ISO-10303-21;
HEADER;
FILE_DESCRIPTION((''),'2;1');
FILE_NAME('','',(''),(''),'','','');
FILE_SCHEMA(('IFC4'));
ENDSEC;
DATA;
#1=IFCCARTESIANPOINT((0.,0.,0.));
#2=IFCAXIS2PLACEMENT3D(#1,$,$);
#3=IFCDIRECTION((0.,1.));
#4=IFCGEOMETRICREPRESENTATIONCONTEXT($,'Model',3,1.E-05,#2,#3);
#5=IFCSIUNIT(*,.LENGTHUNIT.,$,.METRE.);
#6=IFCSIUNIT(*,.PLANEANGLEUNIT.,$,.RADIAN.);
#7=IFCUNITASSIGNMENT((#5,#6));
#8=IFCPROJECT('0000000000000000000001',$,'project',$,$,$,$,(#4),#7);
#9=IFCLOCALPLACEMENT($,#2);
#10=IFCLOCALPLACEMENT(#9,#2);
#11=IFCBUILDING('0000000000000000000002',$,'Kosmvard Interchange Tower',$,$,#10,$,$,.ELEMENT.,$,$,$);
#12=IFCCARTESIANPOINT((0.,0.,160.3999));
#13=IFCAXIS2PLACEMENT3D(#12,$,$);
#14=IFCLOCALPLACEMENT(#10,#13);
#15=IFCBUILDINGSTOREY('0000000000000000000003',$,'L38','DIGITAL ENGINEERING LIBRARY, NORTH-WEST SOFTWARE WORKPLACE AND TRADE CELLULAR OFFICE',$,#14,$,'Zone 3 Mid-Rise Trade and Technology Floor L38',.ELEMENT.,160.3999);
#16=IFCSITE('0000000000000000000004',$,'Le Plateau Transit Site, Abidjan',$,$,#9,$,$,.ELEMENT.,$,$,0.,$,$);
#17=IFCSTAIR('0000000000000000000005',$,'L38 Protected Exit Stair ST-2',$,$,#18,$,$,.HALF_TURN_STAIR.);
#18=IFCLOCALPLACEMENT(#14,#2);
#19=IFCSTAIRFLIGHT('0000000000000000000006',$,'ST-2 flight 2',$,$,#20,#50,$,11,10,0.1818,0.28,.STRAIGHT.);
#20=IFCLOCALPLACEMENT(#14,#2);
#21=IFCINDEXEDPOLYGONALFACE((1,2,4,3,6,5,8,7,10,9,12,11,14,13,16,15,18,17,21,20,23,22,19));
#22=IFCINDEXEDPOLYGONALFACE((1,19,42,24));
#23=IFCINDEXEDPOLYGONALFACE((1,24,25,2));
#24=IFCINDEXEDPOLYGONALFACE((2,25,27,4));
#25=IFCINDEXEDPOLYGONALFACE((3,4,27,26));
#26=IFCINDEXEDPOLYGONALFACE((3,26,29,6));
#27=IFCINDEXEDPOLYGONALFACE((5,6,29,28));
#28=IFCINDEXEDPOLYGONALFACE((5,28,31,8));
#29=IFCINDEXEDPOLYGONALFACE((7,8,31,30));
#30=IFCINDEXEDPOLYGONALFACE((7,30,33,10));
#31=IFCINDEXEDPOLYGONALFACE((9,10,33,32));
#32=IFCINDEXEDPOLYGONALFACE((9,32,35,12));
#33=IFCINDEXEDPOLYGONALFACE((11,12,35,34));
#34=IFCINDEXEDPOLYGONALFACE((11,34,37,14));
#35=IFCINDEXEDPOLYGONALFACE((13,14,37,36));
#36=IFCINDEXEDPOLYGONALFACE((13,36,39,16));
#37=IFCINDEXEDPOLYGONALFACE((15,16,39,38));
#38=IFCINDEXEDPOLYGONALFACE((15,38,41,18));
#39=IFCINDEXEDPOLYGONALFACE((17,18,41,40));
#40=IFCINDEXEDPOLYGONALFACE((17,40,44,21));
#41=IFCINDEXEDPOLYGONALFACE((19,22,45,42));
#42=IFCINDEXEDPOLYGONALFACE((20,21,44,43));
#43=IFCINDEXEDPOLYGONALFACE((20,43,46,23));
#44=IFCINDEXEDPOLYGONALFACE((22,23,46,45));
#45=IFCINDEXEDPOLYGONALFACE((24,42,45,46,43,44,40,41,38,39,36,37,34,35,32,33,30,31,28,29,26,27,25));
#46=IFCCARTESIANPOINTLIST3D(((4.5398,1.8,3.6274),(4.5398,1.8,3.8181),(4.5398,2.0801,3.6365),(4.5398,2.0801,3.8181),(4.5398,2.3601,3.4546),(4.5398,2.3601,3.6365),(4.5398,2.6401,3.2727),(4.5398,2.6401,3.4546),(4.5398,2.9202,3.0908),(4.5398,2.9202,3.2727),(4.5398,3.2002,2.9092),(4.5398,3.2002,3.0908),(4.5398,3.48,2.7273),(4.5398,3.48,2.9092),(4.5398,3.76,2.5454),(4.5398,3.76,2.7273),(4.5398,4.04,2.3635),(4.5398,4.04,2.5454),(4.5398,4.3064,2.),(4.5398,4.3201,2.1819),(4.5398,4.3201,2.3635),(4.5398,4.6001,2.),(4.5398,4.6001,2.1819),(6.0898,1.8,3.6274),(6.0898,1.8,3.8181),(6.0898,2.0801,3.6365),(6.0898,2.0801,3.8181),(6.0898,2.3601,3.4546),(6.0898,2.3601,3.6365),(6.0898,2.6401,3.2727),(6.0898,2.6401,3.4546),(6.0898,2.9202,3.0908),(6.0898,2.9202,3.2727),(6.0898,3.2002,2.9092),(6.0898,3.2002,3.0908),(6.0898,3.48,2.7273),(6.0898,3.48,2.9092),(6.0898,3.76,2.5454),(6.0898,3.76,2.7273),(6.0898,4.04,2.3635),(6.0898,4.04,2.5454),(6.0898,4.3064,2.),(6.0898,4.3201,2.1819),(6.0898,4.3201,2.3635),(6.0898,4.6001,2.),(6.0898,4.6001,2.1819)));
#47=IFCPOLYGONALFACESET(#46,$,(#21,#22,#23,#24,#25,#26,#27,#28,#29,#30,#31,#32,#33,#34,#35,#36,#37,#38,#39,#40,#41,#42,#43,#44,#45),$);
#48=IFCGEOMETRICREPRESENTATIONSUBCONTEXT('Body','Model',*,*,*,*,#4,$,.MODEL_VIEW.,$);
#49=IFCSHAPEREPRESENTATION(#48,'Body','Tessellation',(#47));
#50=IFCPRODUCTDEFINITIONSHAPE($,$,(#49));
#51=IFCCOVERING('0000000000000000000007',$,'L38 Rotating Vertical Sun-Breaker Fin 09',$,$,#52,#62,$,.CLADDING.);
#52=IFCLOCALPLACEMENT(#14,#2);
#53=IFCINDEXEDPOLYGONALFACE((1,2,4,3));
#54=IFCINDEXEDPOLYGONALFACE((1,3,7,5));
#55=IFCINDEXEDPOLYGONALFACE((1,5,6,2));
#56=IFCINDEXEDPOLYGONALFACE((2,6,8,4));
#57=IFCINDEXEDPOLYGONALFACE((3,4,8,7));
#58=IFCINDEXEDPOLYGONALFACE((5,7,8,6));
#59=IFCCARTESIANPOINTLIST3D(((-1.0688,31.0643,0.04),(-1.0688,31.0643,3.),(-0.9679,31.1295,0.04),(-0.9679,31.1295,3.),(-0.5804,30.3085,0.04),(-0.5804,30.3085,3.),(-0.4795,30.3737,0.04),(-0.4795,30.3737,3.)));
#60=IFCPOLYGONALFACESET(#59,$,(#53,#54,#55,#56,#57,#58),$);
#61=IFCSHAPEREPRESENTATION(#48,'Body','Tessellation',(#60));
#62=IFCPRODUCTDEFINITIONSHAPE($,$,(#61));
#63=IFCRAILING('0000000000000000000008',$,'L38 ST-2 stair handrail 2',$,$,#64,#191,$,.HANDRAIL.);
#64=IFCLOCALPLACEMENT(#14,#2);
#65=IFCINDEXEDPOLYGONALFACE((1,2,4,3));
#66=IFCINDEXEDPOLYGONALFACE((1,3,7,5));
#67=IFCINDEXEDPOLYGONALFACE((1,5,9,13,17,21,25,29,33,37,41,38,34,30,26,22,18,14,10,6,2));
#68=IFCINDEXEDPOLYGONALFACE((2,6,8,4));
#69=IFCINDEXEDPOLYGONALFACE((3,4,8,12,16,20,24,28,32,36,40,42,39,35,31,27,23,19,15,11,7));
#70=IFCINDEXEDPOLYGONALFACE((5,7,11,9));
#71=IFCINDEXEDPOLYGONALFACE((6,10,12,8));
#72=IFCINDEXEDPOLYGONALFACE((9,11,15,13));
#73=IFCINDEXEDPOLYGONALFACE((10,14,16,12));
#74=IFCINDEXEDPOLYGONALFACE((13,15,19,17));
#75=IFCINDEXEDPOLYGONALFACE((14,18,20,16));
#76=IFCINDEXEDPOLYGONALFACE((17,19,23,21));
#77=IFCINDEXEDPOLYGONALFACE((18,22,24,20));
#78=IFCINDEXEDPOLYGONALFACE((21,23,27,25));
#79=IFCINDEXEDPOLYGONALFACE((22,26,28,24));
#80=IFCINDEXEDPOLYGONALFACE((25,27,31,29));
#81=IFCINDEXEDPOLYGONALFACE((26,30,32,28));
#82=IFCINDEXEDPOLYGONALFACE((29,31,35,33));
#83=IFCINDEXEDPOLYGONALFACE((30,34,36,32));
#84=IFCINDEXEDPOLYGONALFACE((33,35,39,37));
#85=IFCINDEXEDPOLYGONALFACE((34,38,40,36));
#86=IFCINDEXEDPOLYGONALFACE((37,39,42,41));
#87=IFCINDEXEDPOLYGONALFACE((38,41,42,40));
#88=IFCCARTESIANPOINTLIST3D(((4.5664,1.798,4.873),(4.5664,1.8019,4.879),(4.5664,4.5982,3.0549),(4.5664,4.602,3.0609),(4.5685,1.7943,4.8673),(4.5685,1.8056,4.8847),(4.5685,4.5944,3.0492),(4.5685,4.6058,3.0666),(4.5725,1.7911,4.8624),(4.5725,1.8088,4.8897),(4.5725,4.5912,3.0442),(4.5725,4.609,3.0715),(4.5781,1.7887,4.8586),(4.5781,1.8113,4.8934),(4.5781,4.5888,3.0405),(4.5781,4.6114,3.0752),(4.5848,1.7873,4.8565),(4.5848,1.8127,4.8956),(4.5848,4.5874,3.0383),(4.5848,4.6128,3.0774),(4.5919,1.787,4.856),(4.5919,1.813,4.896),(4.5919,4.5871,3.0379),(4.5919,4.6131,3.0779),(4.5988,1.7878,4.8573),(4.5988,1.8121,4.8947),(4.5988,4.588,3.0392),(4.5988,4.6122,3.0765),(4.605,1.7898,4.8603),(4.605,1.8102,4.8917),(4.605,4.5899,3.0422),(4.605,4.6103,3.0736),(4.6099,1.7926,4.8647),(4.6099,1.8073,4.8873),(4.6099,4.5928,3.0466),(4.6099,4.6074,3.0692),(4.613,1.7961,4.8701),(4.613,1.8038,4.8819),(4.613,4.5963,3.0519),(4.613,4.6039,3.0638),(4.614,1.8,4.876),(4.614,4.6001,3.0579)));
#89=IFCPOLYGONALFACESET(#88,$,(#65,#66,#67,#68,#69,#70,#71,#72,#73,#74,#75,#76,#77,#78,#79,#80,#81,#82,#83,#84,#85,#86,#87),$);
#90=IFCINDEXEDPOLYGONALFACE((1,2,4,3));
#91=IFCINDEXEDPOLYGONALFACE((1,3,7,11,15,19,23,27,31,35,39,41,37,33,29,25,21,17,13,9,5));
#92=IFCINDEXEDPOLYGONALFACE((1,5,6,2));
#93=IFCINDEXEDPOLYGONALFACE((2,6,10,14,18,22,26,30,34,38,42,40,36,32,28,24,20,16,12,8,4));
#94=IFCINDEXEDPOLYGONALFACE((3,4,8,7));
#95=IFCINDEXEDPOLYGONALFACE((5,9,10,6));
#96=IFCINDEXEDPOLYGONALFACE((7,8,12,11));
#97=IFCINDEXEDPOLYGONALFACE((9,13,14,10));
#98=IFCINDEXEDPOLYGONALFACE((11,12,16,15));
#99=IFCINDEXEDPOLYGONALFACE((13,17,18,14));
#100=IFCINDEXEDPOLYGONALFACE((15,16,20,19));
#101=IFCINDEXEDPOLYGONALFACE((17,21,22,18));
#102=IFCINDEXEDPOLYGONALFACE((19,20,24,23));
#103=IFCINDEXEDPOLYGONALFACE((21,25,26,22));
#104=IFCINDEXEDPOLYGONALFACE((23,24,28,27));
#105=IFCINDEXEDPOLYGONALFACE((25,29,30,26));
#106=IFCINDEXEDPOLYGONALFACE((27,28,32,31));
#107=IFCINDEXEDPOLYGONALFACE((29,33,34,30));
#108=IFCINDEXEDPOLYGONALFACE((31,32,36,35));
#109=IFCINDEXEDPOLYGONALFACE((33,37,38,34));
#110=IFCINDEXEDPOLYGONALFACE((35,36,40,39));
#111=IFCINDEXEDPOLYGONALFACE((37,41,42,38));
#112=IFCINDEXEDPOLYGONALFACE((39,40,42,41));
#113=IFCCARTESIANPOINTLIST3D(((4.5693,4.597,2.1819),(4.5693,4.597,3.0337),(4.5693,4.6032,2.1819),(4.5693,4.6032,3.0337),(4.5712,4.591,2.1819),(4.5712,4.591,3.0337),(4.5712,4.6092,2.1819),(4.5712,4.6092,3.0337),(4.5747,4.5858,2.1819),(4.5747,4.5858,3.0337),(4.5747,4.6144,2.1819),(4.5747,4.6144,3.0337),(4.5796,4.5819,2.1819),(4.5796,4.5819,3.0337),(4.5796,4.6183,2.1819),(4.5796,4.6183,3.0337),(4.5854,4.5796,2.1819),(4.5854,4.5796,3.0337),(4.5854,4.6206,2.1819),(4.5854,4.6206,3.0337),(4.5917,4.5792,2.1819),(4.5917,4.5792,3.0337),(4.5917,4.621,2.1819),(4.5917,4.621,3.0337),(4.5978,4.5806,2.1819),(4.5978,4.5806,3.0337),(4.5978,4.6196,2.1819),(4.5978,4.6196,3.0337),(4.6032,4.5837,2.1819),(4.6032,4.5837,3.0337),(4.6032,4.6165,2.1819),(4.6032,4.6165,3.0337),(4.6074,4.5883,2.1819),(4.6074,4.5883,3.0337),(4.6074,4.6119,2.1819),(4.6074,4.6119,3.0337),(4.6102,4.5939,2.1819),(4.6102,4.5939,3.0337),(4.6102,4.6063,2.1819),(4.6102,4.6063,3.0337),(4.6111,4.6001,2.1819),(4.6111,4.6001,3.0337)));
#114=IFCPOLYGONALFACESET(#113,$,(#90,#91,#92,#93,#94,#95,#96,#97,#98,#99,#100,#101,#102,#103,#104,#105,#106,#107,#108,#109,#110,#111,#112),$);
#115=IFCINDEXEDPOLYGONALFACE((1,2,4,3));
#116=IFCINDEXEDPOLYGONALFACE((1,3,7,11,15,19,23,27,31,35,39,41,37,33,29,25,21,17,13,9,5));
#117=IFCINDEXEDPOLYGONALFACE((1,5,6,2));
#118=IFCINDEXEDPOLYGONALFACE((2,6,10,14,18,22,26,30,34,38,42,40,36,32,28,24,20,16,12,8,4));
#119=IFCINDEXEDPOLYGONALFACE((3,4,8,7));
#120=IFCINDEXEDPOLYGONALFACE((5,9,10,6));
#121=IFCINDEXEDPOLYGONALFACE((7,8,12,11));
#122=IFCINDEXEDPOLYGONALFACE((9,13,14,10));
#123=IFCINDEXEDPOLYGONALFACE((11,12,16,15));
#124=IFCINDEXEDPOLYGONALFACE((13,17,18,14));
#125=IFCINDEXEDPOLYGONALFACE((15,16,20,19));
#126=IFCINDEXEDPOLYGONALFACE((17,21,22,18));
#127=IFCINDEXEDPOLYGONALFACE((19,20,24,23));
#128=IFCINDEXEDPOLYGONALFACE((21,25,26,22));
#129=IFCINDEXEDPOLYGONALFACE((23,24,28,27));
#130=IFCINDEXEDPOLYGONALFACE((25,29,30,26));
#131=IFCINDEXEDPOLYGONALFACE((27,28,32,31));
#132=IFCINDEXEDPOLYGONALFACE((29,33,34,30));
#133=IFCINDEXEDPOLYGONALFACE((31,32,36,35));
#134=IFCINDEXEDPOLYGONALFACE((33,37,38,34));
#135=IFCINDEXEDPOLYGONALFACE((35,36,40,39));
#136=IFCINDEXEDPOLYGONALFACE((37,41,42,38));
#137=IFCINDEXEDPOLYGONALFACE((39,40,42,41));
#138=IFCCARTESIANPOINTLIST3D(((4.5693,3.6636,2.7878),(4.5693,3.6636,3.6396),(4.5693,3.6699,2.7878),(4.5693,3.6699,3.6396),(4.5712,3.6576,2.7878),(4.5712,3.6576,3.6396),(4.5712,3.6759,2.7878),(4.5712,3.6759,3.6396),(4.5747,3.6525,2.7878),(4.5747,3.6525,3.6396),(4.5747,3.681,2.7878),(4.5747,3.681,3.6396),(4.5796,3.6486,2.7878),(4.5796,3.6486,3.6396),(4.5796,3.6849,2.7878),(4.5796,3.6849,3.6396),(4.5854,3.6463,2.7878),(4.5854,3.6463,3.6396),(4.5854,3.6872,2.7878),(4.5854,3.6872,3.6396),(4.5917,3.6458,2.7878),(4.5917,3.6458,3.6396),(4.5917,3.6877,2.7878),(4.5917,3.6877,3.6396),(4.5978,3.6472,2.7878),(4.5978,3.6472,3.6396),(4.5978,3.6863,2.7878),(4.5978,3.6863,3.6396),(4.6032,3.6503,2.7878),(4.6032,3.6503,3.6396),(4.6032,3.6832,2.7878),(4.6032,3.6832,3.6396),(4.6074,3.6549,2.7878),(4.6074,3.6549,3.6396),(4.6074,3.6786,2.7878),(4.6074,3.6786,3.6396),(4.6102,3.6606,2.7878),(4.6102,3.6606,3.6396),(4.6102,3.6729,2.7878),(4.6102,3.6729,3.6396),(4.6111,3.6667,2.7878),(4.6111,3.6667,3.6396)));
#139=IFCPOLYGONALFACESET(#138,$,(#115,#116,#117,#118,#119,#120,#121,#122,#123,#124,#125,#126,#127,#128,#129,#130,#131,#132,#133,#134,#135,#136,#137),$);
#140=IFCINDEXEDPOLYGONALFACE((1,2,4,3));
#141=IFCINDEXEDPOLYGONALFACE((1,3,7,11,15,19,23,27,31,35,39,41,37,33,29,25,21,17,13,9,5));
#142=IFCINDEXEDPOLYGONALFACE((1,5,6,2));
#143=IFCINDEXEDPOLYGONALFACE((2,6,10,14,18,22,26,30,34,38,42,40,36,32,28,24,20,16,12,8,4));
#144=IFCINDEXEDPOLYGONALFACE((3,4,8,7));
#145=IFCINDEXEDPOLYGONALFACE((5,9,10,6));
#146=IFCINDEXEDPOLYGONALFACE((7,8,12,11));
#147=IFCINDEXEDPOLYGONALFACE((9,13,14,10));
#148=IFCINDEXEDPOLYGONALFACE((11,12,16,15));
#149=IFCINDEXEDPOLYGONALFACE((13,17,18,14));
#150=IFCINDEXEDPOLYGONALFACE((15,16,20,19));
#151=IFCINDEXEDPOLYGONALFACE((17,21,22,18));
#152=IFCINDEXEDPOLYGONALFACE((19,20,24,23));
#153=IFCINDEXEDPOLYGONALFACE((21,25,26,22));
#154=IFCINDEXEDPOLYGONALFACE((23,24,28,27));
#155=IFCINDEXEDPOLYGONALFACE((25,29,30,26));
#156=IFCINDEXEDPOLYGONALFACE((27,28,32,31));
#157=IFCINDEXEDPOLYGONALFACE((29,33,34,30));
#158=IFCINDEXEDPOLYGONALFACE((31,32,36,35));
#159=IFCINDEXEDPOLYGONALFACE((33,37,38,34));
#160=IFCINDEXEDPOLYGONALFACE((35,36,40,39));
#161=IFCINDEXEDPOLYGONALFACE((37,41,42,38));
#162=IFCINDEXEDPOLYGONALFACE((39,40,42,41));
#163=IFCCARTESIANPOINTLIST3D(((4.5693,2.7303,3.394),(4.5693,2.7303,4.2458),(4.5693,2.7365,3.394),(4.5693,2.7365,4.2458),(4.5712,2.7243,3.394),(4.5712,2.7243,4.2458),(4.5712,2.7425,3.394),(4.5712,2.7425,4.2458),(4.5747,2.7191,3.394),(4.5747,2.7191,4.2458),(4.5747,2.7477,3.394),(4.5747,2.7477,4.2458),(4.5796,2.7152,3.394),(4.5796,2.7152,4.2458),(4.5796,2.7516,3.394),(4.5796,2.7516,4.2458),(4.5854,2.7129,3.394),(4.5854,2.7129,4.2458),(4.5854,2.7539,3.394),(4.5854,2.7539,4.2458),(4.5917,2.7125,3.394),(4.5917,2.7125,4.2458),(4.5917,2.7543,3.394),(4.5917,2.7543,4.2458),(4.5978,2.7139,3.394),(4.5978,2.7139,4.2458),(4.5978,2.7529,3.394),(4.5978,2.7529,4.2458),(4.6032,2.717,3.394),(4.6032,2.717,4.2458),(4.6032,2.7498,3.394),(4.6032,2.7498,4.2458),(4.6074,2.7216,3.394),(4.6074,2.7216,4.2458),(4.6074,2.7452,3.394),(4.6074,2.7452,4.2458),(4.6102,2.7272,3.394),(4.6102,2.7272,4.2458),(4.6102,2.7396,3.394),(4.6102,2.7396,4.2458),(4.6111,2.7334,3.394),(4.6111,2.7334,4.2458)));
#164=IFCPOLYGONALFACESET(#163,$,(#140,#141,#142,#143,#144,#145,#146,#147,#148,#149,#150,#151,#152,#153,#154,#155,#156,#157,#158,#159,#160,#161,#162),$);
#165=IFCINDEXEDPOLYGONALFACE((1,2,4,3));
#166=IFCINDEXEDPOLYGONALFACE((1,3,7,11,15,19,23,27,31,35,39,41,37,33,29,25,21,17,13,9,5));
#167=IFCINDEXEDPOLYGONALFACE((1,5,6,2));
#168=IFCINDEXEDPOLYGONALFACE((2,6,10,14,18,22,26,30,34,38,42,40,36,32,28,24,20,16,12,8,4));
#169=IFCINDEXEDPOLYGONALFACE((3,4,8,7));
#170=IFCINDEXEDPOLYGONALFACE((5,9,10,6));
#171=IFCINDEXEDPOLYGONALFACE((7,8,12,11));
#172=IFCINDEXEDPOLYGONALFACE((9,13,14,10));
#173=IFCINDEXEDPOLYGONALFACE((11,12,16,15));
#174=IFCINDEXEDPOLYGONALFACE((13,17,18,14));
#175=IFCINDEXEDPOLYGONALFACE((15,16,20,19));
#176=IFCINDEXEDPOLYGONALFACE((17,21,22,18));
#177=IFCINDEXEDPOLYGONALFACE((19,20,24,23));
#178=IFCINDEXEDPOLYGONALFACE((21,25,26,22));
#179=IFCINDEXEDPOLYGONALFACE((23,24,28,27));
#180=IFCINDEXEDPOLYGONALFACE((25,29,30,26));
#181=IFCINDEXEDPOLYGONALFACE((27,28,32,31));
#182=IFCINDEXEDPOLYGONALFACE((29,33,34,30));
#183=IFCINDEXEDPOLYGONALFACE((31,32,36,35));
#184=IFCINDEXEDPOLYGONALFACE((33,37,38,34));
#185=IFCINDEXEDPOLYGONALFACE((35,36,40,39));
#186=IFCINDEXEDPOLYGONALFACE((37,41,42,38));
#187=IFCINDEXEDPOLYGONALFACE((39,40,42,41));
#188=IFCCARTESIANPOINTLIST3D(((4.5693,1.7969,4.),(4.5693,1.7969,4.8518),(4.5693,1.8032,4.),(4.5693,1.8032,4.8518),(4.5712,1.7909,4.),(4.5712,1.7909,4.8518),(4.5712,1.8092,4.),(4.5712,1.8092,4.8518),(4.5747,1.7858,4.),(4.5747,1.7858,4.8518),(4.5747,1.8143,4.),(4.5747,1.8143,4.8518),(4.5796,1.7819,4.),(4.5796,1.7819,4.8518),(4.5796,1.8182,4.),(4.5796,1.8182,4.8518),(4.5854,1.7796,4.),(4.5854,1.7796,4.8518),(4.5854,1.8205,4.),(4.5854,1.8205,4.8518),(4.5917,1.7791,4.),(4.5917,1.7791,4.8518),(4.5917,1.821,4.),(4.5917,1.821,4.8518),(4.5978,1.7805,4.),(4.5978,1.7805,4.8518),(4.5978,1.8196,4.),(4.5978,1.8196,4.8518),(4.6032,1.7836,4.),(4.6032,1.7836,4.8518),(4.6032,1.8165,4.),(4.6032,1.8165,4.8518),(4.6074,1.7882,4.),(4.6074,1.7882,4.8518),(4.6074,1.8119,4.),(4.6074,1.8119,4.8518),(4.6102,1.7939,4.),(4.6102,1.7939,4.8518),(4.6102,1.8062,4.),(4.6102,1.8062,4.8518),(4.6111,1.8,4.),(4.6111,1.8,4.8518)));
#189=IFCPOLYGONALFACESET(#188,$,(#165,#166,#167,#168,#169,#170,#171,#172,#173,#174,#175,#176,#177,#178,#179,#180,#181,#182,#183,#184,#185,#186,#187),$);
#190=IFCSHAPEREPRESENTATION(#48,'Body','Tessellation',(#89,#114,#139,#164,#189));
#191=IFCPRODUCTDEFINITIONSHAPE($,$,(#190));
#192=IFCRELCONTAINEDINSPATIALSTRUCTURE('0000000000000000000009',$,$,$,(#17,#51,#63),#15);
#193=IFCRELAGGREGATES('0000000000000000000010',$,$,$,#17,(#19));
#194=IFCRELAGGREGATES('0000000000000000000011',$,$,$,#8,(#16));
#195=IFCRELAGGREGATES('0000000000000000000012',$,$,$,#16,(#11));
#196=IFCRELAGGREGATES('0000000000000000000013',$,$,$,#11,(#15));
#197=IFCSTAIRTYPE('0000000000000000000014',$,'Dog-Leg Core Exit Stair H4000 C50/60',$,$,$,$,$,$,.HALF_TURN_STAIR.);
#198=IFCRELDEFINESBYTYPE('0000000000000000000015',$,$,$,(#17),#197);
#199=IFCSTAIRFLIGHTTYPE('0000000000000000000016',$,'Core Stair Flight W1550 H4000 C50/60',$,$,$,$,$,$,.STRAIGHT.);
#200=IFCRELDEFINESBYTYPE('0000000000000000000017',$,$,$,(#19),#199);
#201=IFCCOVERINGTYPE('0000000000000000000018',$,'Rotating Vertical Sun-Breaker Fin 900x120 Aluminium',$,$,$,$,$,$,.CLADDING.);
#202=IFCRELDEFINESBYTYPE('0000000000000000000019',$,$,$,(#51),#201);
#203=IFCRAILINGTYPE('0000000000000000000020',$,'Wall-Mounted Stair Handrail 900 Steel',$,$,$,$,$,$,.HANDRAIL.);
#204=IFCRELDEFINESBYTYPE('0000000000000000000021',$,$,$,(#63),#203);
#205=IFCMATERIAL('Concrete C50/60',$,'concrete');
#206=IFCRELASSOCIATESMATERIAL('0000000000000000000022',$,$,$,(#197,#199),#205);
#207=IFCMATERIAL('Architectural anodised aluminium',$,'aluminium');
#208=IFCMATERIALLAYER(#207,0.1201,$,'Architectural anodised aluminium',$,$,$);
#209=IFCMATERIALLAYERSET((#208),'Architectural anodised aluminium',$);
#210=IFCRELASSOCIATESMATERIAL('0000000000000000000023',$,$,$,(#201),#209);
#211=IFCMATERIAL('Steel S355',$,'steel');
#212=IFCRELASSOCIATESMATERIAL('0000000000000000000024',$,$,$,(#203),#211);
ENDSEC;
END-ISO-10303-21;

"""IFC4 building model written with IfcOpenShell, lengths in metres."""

from ifc_helpers import new_model, si_unit, direction, frame, origin, origin_2d, place, context, subcontext, project, spatial, polyline, rectangle, circle, outline, extrude, source, transform, mapped, material, layer, layer_set, type_object, element, aggregate, save


model = new_model("IFC4")

# Units and contexts
model_context = context("Model", 3, precision=1e-05, world=origin(), true_north=direction((0.0, 1.0)))
body_context = subcontext(model_context, "Body", "Model", "MODEL_VIEW")
ifc_project = project(units=[si_unit("LENGTHUNIT", "METRE"), si_unit("PLANEANGLEUNIT", "RADIAN")], contexts=[model_context])

# Site, building, storey
site_placement = place(None, origin())
site = spatial("IfcSite", under=ifc_project, at=site_placement, Name="Le Plateau Transit Site, Abidjan", CompositionType="ELEMENT", RefElevation=0.0)
building_placement = place(site_placement, origin())
building = spatial("IfcBuilding", under=site, at=building_placement, Name="Kosmvard Interchange Tower", CompositionType="ELEMENT")
storey_placement = place(building_placement, frame((0.0, 0.0, 160.3999)))
storey = spatial("IfcBuildingStorey", under=building, at=storey_placement, Name="L38", Description="DIGITAL ENGINEERING LIBRARY, NORTH-WEST SOFTWARE WORKPLACE AND TRADE CELLULAR OFFICE", LongName="Zone 3 Mid-Rise Trade and Technology Floor L38", CompositionType="ELEMENT", Elevation=160.3999)

# Shared definitions
ifc_material_1 = material(Name="Concrete C50/60", Category="concrete")

# Shared definitions
ifc_material_2 = material(Name="Steel S355", Category="steel")

# Stair, stair flight
stair_type = type_object("IfcStairType", Name="Dog-Leg Core Exit Stair H4000 C50/60", PredefinedType="HALF_TURN_STAIR", material=ifc_material_1)
stair_placement = place(storey_placement, origin())
stair = element("IfcStair", 1, at=stair_placement, inside=storey, type_object=stair_type, Name="L38 Protected Exit Stair ST-2", PredefinedType="HALF_TURN_STAIR")
stair_flight_type = type_object("IfcStairFlightType", Name="Core Stair Flight W1550 H4000 C50/60", PredefinedType="STRAIGHT", material=ifc_material_1)
shared_shape_1 = source(origin(), body_context, "Body", "SweptSolid", [
    extrude(outline(polyline([(0.0, 0.0), (0.0, 0.1819), (0.28, 0.1819), (0.28, 0.3635), (0.5601, 0.3635), (0.5601, 0.5454), (0.8401, 0.5454), (0.8401, 0.7273), (1.1201, 0.7273), (1.1201, 0.9092), (1.3999, 0.9092), (1.3999, 1.0908), (1.6799, 1.0908), (1.6799, 1.2727), (1.96, 1.2727), (1.96, 1.4546), (2.24, 1.4546), (2.24, 1.6365), (2.52, 1.6365), (2.52, 1.8181), (2.8, 1.8181), (2.8, 2.0), (2.8, 1.6274), (0.2937, 0.0), (0.0, 0.0)])), frame((0.0, 0.7749, 0.0), z_axis=(0.0, -1.0, 0.0), x_axis=(1.0, 0.0, 0.0)), (0.0, 0.0, 1.0), 1.55),
])
stair_flight_placement = place(storey_placement, frame((5.3149, 4.6001, 2.0), z_axis=(0.0, 0.0, 1.0), x_axis=(0.0, -1.0, 0.0)))
stair_flight = element("IfcStairFlight", 2, at=stair_flight_placement, type_object=stair_flight_type, Name="ST-2 flight 2", NumberOfRisers=11, NumberOfTreads=10, PredefinedType="STRAIGHT", RiserHeight=0.1818, TreadLength=0.28, context=body_context, shape_type="MappedRepresentation", body=[
    mapped(shared_shape_1, transform((0.0, 0.0, 0.0), scale=1.0)),
])
aggregate(stair, [stair_flight])

# Covering
ifc_material_3 = material(Name="Architectural anodised aluminium", Category="aluminium")
ifc_layer_1 = layer(ifc_material_3, 0.1201, Name="Architectural anodised aluminium")
ifc_layer_set_1 = layer_set([ifc_layer_1], Name="Architectural anodised aluminium")
covering_type = type_object("IfcCoveringType", Name="Rotating Vertical Sun-Breaker Fin 900x120 Aluminium", PredefinedType="CLADDING", material=ifc_layer_set_1)
shared_shape_2 = source(origin(), body_context, "Body", "SweptSolid", [
    extrude(rectangle(XDim=0.8999, YDim=0.1201, at=origin_2d()), origin(), (0.0, 0.0, 1.0), 2.96),
])
covering_placement = place(storey_placement, frame((-0.7742, 30.719, 0.04), z_axis=(0.0, 0.0, 1.0), x_axis=(-0.542735, 0.839904, 0.0)))
element("IfcCovering", 3, at=covering_placement, inside=storey, type_object=covering_type, Name="L38 Rotating Vertical Sun-Breaker Fin 09", PredefinedType="CLADDING", context=body_context, shape_type="MappedRepresentation", body=[
    mapped(shared_shape_2, transform((0.0, 0.0, 0.0), scale=1.0)),
])

# Railing
railing_type = type_object("IfcRailingType", Name="Wall-Mounted Stair Handrail 900 Steel", PredefinedType="HANDRAIL", material=ifc_material_2)
shared_shape_3 = source(origin(), body_context, "Body", "SweptSolid", [
    extrude(circle(Radius=0.0239, at=origin_2d()), frame((0.0, 0.0, 0.876), z_axis=(0.0, -0.838706, 0.544585), x_axis=(1.0, 0.0, 0.0)), (0.0, 0.0, 1.0), 3.3386),
    extrude(circle(Radius=0.021, at=origin_2d()), origin(), (0.0, 0.0, 1.0), 0.8518),
    extrude(circle(Radius=0.021, at=origin_2d()), frame((0.0, -0.9333, 0.606)), (0.0, 0.0, 1.0), 0.8518),
    extrude(circle(Radius=0.021, at=origin_2d()), frame((0.0, -1.8667, 1.2122)), (0.0, 0.0, 1.0), 0.8518),
    extrude(circle(Radius=0.021, at=origin_2d()), frame((0.0, -2.8, 1.8181)), (0.0, 0.0, 1.0), 0.8518),
])
railing_placement = place(storey_placement, frame((4.5901, 4.6001, 2.1819)))
element("IfcRailing", 4, at=railing_placement, inside=storey, type_object=railing_type, Name="L38 ST-2 stair handrail 2", PredefinedType="HANDRAIL", context=body_context, shape_type="MappedRepresentation", body=[
    mapped(shared_shape_3, transform((0.0, 0.0, 0.0), scale=1.0)),
])

save(model, "model.ifc")
